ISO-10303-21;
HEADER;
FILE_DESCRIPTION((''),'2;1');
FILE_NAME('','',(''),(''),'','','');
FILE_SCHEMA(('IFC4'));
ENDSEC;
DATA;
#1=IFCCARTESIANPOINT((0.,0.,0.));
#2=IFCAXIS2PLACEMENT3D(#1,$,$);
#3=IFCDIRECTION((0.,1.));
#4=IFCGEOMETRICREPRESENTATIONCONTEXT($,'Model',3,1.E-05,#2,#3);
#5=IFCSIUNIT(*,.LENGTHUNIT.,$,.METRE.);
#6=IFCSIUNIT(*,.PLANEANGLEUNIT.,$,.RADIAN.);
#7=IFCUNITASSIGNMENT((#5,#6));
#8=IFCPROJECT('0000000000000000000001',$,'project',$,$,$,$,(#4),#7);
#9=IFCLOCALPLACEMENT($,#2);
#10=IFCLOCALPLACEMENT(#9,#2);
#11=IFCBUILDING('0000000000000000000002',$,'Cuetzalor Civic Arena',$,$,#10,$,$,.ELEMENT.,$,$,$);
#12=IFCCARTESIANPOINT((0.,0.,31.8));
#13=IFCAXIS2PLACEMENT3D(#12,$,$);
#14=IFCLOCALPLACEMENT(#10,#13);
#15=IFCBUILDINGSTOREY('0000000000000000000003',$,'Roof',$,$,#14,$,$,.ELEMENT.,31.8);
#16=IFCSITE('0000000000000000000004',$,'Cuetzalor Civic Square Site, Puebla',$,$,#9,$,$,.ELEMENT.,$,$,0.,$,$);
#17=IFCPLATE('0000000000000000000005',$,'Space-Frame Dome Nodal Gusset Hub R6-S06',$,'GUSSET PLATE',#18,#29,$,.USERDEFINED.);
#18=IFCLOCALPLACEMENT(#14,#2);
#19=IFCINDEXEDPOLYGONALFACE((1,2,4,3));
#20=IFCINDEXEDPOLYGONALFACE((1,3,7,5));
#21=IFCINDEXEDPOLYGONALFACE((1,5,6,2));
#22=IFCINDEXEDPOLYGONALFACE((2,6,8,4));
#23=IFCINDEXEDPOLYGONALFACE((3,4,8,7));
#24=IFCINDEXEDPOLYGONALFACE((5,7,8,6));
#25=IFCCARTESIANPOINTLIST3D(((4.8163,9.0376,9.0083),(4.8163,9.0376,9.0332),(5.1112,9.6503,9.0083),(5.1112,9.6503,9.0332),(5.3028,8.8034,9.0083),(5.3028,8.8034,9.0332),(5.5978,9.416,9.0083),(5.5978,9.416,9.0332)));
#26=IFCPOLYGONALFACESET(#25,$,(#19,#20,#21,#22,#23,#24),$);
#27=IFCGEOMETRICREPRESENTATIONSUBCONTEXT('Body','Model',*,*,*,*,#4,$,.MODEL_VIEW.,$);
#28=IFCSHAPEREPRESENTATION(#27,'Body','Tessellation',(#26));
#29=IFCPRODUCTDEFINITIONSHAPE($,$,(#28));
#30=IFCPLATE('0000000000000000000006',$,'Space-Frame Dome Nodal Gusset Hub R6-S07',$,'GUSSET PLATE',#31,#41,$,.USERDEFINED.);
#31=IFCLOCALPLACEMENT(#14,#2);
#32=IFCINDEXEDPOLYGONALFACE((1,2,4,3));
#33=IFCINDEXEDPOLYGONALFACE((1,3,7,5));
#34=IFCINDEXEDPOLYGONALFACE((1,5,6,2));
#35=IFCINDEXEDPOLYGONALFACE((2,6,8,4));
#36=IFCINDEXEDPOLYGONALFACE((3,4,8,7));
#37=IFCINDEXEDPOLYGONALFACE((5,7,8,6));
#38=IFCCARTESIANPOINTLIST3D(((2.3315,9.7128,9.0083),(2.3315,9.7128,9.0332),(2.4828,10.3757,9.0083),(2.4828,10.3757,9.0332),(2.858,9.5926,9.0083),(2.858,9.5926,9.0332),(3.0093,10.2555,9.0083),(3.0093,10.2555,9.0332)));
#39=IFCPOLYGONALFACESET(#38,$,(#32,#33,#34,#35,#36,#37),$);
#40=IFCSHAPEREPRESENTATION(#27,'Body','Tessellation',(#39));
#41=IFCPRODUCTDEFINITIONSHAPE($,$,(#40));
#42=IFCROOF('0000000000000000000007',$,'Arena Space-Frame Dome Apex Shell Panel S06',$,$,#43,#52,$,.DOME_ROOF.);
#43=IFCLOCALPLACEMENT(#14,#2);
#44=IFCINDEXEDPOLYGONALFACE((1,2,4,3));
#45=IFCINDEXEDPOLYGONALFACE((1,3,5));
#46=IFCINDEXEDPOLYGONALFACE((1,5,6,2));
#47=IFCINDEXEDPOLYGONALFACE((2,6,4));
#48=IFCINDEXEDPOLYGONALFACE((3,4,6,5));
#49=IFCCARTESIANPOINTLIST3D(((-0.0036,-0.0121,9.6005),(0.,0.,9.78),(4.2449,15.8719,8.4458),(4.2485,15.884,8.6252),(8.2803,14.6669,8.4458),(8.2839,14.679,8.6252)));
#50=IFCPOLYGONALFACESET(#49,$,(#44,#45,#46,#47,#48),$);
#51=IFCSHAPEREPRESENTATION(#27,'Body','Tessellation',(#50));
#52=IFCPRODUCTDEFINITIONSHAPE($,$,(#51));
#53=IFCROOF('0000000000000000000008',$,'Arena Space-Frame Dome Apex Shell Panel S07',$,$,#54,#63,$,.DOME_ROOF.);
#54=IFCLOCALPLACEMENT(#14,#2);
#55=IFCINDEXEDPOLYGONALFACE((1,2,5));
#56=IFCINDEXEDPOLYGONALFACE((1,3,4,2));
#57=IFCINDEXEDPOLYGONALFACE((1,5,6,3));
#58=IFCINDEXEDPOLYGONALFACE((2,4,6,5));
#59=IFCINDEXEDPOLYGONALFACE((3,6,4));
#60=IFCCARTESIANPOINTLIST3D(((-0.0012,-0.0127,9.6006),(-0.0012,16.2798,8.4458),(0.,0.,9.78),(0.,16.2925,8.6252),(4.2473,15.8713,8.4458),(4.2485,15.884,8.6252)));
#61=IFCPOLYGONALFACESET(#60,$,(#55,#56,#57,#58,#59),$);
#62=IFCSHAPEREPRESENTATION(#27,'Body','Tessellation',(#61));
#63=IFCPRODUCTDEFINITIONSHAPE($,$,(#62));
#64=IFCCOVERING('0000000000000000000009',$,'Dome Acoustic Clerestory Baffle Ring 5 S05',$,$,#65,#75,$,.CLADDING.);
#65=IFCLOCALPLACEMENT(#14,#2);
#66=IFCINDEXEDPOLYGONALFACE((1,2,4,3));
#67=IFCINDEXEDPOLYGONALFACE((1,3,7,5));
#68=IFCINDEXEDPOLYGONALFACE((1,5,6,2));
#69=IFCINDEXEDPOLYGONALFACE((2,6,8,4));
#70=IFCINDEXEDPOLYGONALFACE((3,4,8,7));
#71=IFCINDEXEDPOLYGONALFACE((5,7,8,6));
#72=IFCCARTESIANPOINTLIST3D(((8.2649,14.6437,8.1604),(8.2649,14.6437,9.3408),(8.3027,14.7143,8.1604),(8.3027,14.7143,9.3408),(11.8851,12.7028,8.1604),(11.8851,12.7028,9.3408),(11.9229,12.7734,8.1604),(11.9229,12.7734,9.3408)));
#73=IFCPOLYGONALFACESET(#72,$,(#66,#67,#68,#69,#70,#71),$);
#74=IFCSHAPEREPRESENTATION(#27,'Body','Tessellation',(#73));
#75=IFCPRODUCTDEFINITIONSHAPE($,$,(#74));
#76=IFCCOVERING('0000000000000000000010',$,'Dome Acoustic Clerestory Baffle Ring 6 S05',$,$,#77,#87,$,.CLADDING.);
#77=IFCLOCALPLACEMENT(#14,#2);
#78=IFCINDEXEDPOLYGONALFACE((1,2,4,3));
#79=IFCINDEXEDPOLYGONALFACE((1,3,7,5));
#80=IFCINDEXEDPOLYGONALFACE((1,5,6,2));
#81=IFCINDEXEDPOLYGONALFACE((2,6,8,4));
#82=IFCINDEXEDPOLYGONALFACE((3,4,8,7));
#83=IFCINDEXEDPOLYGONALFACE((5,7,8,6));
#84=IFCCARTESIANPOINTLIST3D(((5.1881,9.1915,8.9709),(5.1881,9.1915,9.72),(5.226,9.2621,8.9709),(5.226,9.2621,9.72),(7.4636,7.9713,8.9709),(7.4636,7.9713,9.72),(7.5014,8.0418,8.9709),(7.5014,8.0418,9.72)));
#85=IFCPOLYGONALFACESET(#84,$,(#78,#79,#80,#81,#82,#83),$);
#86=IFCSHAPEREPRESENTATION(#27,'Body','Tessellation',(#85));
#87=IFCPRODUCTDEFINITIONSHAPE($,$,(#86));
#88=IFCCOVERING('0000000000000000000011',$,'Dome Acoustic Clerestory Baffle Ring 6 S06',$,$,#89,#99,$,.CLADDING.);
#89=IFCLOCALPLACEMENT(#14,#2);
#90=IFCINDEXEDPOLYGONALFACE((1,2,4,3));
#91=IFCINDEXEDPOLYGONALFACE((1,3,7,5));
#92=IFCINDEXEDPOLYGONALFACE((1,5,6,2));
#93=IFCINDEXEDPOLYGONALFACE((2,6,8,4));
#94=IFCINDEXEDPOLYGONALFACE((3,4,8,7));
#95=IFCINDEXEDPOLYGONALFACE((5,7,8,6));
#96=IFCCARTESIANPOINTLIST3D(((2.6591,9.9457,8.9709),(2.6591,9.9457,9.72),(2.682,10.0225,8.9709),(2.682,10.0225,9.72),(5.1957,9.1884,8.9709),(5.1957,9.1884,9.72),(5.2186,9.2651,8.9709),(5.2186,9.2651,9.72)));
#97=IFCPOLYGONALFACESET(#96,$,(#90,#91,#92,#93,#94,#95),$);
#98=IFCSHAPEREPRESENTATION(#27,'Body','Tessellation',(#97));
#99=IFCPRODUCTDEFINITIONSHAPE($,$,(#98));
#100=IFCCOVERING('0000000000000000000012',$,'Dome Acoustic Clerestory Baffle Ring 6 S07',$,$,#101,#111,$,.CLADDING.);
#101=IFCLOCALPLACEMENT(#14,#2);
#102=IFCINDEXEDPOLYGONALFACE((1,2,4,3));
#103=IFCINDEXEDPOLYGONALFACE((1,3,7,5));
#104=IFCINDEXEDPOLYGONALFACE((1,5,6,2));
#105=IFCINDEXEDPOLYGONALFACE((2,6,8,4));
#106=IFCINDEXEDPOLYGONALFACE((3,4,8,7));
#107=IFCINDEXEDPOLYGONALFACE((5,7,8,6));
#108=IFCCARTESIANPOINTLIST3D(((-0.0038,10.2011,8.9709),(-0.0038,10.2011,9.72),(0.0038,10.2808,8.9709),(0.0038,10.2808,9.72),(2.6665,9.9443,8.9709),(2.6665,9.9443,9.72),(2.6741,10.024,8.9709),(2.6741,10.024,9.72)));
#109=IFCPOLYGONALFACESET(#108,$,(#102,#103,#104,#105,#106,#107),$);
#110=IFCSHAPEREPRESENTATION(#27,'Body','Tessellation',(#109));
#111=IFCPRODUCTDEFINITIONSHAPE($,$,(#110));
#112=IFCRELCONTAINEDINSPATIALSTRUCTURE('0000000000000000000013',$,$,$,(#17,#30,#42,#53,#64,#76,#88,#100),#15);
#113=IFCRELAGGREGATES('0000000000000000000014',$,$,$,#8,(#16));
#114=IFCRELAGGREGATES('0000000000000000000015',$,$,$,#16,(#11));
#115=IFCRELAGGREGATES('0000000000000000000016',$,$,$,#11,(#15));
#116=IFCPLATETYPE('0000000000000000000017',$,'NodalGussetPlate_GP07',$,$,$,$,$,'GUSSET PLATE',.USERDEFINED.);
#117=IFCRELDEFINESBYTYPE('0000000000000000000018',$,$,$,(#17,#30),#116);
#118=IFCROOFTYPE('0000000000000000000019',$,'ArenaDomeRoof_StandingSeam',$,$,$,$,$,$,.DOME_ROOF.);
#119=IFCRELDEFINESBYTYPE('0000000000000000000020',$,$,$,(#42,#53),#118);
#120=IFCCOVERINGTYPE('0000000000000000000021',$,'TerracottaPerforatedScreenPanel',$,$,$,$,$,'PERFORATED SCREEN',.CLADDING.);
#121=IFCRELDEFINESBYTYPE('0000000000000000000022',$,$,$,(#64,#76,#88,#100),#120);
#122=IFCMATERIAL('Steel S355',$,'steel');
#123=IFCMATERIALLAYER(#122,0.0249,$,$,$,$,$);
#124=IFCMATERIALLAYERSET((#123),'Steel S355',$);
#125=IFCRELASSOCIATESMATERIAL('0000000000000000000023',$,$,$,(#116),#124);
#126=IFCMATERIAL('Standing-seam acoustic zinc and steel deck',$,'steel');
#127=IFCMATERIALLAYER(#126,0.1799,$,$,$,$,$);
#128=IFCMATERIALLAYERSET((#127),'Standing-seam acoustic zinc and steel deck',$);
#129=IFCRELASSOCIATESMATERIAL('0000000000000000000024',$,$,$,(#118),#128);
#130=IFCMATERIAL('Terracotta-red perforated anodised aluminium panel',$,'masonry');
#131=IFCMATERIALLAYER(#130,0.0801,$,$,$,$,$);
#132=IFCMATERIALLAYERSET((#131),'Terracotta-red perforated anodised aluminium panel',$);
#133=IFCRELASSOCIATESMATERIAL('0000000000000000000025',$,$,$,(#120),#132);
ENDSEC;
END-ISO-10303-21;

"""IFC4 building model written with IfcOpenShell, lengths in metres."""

from ifc_helpers import new_model, si_unit, direction, frame, frame_2d, origin, origin_2d, place, context, subcontext, project, spatial, polyline, rectangle, outline, extrude, material, layer, layer_set, type_object, element, save


model = new_model("IFC4")

# Units and contexts
model_context = context("Model", 3, precision=1e-05, world=origin(), true_north=direction((0.0, 1.0)))
body_context = subcontext(model_context, "Body", "Model", "MODEL_VIEW")
ifc_project = project(units=[si_unit("LENGTHUNIT", "METRE"), si_unit("PLANEANGLEUNIT", "RADIAN")], contexts=[model_context])

# Site, building, storey
site_placement = place(None, origin())
site = spatial("IfcSite", under=ifc_project, at=site_placement, Name="Cuetzalor Civic Square Site, Puebla", CompositionType="ELEMENT", RefElevation=0.0)
building_placement = place(site_placement, origin())
building = spatial("IfcBuilding", under=site, at=building_placement, Name="Cuetzalor Civic Arena", CompositionType="ELEMENT")
storey_placement = place(building_placement, frame((0.0, 0.0, 31.8)))
storey = spatial("IfcBuildingStorey", under=building, at=storey_placement, Name="Roof", CompositionType="ELEMENT", Elevation=31.8)

# Plates
ifc_material_1 = material(Name="Steel S355", Category="steel")
ifc_layer_1 = layer(ifc_material_1, 0.0249)
ifc_layer_set_1 = layer_set([ifc_layer_1], Name="Steel S355")
plate_type_1 = type_object("IfcPlateType", Name="NodalGussetPlate_GP07", ElementType="GUSSET PLATE", PredefinedType="USERDEFINED", material=ifc_layer_set_1)
for number, where, z_axis, x_axis, name in (
    (1, (5.207, 9.2268, 9.0083), (0.0, 0.0, 1.0), (0.433816, 0.901001, 0.0), "Space-Frame Dome Nodal Gusset Hub R6-S06"),
    (2, (2.6704, 9.9841, 9.0083), (0.0, 0.0, 1.0), (0.22257, 0.974917, 0.0), "Space-Frame Dome Nodal Gusset Hub R6-S07"),
):
    element("IfcPlate", number, at=place(storey_placement, frame(where, z_axis=z_axis, x_axis=x_axis)), inside=storey, type_object=plate_type_1, Name=name, ObjectType="GUSSET PLATE", PredefinedType="USERDEFINED", context=body_context, shape_type="SweptSolid", body=[
        extrude(rectangle(XDim=0.6799, YDim=0.54, at=origin_2d()), origin(), (0.0, 0.0, 1.0), 0.0249),
    ])

# Roofs
ifc_material_2 = material(Name="Standing-seam acoustic zinc and steel deck", Category="steel")
ifc_layer_2 = layer(ifc_material_2, 0.1799)
ifc_layer_set_2 = layer_set([ifc_layer_2], Name="Standing-seam acoustic zinc and steel deck")
roof_type = type_object("IfcRoofType", Name="ArenaDomeRoof_StandingSeam", PredefinedType="DOME_ROOF", material=ifc_layer_set_2)
roof_1_placement = place(storey_placement, frame((8.2839, 14.679, 8.6252), z_axis=(0.020055, 0.067158, 0.997541), x_axis=(-0.958188, 0.28614, 0.0)))
element("IfcRoof", 3, at=roof_1_placement, inside=storey, type_object=roof_type, Name="Arena Space-Frame Dome Apex Shell Panel S06", PredefinedType="DOME_ROOF", context=body_context, shape_type="SweptSolid", body=[
    extrude(outline(polyline([(0.0, 0.0), (4.2115, 0.0), (3.7373, 16.4761), (0.0, 0.0)])), origin(), (0.0, 0.0, -1.0), 0.1799),
])
roof_2_placement = place(storey_placement, frame((4.2485, 15.884, 8.6252), z_axis=(0.006797, 0.070699, 0.997475), x_axis=(-0.99541, 0.095697, 0.0)))
element("IfcRoof", 4, at=roof_2_placement, inside=storey, type_object=roof_type, Name="Arena Space-Frame Dome Apex Shell Panel S07", PredefinedType="DOME_ROOF", context=body_context, shape_type="SweptSolid", body=[
    extrude(outline(polyline([(0.0, 0.0), (4.2681, 0.0), (2.709, 16.2588), (0.0, 0.0)])), origin(), (0.0, 0.0, -1.0), 0.1799),
])

# Coverings
ifc_material_3 = material(Name="Terracotta-red perforated anodised aluminium panel", Category="masonry")
ifc_layer_3 = layer(ifc_material_3, 0.0801)
ifc_layer_set_3 = layer_set([ifc_layer_3], Name="Terracotta-red perforated anodised aluminium panel")
covering_type = type_object("IfcCoveringType", Name="TerracottaPerforatedScreenPanel", ElementType="PERFORATED SCREEN", PredefinedType="CLADDING", material=ifc_layer_set_3)
covering_1_placement = place(storey_placement, frame((8.2839, 14.679, 8.1604), z_axis=(0.0, 0.0, 1.0), x_axis=(0.881321, -0.472518, 0.0)))
element("IfcCovering", 5, at=covering_1_placement, inside=storey, type_object=covering_type, Name="Dome Acoustic Clerestory Baffle Ring 5 S05", PredefinedType="CLADDING", context=body_context, shape_type="SweptSolid", body=[
    extrude(rectangle(XDim=4.1077, YDim=0.0801, at=frame_2d((2.0537, 0.0))), origin(), (0.0, 0.0, 1.0), 1.1804),
])
covering_2_placement = place(storey_placement, frame((5.207, 9.2268, 8.9709), z_axis=(0.0, 0.0, 1.0), x_axis=(0.881277, -0.472599, 0.0)))
element("IfcCovering", 6, at=covering_2_placement, inside=storey, type_object=covering_type, Name="Dome Acoustic Clerestory Baffle Ring 6 S05", PredefinedType="CLADDING", context=body_context, shape_type="SweptSolid", body=[
    extrude(rectangle(XDim=2.582, YDim=0.0801, at=frame_2d((1.291, 0.0))), origin(), (0.0, 0.0, 1.0), 0.749),
])
covering_3_placement = place(storey_placement, frame((2.6704, 9.9841, 8.9709), z_axis=(0.0, 0.0, 1.0), x_axis=(0.958206, -0.286078, 0.0)))
element("IfcCovering", 7, at=covering_3_placement, inside=storey, type_object=covering_type, Name="Dome Acoustic Clerestory Baffle Ring 6 S06", PredefinedType="CLADDING", context=body_context, shape_type="SweptSolid", body=[
    extrude(rectangle(XDim=2.6472, YDim=0.0801, at=frame_2d((1.3237, 0.0))), origin(), (0.0, 0.0, 1.0), 0.749),
])
covering_4_placement = place(storey_placement, frame((0.0, 10.241, 8.9709), z_axis=(0.0, 0.0, 1.0), x_axis=(0.995407, -0.095737, 0.0)))
element("IfcCovering", 8, at=covering_4_placement, inside=storey, type_object=covering_type, Name="Dome Acoustic Clerestory Baffle Ring 6 S07", PredefinedType="CLADDING", context=body_context, shape_type="SweptSolid", body=[
    extrude(rectangle(XDim=2.6826, YDim=0.0801, at=frame_2d((1.3413, 0.0))), origin(), (0.0, 0.0, 1.0), 0.749),
])

save(model, "model.ifc")
